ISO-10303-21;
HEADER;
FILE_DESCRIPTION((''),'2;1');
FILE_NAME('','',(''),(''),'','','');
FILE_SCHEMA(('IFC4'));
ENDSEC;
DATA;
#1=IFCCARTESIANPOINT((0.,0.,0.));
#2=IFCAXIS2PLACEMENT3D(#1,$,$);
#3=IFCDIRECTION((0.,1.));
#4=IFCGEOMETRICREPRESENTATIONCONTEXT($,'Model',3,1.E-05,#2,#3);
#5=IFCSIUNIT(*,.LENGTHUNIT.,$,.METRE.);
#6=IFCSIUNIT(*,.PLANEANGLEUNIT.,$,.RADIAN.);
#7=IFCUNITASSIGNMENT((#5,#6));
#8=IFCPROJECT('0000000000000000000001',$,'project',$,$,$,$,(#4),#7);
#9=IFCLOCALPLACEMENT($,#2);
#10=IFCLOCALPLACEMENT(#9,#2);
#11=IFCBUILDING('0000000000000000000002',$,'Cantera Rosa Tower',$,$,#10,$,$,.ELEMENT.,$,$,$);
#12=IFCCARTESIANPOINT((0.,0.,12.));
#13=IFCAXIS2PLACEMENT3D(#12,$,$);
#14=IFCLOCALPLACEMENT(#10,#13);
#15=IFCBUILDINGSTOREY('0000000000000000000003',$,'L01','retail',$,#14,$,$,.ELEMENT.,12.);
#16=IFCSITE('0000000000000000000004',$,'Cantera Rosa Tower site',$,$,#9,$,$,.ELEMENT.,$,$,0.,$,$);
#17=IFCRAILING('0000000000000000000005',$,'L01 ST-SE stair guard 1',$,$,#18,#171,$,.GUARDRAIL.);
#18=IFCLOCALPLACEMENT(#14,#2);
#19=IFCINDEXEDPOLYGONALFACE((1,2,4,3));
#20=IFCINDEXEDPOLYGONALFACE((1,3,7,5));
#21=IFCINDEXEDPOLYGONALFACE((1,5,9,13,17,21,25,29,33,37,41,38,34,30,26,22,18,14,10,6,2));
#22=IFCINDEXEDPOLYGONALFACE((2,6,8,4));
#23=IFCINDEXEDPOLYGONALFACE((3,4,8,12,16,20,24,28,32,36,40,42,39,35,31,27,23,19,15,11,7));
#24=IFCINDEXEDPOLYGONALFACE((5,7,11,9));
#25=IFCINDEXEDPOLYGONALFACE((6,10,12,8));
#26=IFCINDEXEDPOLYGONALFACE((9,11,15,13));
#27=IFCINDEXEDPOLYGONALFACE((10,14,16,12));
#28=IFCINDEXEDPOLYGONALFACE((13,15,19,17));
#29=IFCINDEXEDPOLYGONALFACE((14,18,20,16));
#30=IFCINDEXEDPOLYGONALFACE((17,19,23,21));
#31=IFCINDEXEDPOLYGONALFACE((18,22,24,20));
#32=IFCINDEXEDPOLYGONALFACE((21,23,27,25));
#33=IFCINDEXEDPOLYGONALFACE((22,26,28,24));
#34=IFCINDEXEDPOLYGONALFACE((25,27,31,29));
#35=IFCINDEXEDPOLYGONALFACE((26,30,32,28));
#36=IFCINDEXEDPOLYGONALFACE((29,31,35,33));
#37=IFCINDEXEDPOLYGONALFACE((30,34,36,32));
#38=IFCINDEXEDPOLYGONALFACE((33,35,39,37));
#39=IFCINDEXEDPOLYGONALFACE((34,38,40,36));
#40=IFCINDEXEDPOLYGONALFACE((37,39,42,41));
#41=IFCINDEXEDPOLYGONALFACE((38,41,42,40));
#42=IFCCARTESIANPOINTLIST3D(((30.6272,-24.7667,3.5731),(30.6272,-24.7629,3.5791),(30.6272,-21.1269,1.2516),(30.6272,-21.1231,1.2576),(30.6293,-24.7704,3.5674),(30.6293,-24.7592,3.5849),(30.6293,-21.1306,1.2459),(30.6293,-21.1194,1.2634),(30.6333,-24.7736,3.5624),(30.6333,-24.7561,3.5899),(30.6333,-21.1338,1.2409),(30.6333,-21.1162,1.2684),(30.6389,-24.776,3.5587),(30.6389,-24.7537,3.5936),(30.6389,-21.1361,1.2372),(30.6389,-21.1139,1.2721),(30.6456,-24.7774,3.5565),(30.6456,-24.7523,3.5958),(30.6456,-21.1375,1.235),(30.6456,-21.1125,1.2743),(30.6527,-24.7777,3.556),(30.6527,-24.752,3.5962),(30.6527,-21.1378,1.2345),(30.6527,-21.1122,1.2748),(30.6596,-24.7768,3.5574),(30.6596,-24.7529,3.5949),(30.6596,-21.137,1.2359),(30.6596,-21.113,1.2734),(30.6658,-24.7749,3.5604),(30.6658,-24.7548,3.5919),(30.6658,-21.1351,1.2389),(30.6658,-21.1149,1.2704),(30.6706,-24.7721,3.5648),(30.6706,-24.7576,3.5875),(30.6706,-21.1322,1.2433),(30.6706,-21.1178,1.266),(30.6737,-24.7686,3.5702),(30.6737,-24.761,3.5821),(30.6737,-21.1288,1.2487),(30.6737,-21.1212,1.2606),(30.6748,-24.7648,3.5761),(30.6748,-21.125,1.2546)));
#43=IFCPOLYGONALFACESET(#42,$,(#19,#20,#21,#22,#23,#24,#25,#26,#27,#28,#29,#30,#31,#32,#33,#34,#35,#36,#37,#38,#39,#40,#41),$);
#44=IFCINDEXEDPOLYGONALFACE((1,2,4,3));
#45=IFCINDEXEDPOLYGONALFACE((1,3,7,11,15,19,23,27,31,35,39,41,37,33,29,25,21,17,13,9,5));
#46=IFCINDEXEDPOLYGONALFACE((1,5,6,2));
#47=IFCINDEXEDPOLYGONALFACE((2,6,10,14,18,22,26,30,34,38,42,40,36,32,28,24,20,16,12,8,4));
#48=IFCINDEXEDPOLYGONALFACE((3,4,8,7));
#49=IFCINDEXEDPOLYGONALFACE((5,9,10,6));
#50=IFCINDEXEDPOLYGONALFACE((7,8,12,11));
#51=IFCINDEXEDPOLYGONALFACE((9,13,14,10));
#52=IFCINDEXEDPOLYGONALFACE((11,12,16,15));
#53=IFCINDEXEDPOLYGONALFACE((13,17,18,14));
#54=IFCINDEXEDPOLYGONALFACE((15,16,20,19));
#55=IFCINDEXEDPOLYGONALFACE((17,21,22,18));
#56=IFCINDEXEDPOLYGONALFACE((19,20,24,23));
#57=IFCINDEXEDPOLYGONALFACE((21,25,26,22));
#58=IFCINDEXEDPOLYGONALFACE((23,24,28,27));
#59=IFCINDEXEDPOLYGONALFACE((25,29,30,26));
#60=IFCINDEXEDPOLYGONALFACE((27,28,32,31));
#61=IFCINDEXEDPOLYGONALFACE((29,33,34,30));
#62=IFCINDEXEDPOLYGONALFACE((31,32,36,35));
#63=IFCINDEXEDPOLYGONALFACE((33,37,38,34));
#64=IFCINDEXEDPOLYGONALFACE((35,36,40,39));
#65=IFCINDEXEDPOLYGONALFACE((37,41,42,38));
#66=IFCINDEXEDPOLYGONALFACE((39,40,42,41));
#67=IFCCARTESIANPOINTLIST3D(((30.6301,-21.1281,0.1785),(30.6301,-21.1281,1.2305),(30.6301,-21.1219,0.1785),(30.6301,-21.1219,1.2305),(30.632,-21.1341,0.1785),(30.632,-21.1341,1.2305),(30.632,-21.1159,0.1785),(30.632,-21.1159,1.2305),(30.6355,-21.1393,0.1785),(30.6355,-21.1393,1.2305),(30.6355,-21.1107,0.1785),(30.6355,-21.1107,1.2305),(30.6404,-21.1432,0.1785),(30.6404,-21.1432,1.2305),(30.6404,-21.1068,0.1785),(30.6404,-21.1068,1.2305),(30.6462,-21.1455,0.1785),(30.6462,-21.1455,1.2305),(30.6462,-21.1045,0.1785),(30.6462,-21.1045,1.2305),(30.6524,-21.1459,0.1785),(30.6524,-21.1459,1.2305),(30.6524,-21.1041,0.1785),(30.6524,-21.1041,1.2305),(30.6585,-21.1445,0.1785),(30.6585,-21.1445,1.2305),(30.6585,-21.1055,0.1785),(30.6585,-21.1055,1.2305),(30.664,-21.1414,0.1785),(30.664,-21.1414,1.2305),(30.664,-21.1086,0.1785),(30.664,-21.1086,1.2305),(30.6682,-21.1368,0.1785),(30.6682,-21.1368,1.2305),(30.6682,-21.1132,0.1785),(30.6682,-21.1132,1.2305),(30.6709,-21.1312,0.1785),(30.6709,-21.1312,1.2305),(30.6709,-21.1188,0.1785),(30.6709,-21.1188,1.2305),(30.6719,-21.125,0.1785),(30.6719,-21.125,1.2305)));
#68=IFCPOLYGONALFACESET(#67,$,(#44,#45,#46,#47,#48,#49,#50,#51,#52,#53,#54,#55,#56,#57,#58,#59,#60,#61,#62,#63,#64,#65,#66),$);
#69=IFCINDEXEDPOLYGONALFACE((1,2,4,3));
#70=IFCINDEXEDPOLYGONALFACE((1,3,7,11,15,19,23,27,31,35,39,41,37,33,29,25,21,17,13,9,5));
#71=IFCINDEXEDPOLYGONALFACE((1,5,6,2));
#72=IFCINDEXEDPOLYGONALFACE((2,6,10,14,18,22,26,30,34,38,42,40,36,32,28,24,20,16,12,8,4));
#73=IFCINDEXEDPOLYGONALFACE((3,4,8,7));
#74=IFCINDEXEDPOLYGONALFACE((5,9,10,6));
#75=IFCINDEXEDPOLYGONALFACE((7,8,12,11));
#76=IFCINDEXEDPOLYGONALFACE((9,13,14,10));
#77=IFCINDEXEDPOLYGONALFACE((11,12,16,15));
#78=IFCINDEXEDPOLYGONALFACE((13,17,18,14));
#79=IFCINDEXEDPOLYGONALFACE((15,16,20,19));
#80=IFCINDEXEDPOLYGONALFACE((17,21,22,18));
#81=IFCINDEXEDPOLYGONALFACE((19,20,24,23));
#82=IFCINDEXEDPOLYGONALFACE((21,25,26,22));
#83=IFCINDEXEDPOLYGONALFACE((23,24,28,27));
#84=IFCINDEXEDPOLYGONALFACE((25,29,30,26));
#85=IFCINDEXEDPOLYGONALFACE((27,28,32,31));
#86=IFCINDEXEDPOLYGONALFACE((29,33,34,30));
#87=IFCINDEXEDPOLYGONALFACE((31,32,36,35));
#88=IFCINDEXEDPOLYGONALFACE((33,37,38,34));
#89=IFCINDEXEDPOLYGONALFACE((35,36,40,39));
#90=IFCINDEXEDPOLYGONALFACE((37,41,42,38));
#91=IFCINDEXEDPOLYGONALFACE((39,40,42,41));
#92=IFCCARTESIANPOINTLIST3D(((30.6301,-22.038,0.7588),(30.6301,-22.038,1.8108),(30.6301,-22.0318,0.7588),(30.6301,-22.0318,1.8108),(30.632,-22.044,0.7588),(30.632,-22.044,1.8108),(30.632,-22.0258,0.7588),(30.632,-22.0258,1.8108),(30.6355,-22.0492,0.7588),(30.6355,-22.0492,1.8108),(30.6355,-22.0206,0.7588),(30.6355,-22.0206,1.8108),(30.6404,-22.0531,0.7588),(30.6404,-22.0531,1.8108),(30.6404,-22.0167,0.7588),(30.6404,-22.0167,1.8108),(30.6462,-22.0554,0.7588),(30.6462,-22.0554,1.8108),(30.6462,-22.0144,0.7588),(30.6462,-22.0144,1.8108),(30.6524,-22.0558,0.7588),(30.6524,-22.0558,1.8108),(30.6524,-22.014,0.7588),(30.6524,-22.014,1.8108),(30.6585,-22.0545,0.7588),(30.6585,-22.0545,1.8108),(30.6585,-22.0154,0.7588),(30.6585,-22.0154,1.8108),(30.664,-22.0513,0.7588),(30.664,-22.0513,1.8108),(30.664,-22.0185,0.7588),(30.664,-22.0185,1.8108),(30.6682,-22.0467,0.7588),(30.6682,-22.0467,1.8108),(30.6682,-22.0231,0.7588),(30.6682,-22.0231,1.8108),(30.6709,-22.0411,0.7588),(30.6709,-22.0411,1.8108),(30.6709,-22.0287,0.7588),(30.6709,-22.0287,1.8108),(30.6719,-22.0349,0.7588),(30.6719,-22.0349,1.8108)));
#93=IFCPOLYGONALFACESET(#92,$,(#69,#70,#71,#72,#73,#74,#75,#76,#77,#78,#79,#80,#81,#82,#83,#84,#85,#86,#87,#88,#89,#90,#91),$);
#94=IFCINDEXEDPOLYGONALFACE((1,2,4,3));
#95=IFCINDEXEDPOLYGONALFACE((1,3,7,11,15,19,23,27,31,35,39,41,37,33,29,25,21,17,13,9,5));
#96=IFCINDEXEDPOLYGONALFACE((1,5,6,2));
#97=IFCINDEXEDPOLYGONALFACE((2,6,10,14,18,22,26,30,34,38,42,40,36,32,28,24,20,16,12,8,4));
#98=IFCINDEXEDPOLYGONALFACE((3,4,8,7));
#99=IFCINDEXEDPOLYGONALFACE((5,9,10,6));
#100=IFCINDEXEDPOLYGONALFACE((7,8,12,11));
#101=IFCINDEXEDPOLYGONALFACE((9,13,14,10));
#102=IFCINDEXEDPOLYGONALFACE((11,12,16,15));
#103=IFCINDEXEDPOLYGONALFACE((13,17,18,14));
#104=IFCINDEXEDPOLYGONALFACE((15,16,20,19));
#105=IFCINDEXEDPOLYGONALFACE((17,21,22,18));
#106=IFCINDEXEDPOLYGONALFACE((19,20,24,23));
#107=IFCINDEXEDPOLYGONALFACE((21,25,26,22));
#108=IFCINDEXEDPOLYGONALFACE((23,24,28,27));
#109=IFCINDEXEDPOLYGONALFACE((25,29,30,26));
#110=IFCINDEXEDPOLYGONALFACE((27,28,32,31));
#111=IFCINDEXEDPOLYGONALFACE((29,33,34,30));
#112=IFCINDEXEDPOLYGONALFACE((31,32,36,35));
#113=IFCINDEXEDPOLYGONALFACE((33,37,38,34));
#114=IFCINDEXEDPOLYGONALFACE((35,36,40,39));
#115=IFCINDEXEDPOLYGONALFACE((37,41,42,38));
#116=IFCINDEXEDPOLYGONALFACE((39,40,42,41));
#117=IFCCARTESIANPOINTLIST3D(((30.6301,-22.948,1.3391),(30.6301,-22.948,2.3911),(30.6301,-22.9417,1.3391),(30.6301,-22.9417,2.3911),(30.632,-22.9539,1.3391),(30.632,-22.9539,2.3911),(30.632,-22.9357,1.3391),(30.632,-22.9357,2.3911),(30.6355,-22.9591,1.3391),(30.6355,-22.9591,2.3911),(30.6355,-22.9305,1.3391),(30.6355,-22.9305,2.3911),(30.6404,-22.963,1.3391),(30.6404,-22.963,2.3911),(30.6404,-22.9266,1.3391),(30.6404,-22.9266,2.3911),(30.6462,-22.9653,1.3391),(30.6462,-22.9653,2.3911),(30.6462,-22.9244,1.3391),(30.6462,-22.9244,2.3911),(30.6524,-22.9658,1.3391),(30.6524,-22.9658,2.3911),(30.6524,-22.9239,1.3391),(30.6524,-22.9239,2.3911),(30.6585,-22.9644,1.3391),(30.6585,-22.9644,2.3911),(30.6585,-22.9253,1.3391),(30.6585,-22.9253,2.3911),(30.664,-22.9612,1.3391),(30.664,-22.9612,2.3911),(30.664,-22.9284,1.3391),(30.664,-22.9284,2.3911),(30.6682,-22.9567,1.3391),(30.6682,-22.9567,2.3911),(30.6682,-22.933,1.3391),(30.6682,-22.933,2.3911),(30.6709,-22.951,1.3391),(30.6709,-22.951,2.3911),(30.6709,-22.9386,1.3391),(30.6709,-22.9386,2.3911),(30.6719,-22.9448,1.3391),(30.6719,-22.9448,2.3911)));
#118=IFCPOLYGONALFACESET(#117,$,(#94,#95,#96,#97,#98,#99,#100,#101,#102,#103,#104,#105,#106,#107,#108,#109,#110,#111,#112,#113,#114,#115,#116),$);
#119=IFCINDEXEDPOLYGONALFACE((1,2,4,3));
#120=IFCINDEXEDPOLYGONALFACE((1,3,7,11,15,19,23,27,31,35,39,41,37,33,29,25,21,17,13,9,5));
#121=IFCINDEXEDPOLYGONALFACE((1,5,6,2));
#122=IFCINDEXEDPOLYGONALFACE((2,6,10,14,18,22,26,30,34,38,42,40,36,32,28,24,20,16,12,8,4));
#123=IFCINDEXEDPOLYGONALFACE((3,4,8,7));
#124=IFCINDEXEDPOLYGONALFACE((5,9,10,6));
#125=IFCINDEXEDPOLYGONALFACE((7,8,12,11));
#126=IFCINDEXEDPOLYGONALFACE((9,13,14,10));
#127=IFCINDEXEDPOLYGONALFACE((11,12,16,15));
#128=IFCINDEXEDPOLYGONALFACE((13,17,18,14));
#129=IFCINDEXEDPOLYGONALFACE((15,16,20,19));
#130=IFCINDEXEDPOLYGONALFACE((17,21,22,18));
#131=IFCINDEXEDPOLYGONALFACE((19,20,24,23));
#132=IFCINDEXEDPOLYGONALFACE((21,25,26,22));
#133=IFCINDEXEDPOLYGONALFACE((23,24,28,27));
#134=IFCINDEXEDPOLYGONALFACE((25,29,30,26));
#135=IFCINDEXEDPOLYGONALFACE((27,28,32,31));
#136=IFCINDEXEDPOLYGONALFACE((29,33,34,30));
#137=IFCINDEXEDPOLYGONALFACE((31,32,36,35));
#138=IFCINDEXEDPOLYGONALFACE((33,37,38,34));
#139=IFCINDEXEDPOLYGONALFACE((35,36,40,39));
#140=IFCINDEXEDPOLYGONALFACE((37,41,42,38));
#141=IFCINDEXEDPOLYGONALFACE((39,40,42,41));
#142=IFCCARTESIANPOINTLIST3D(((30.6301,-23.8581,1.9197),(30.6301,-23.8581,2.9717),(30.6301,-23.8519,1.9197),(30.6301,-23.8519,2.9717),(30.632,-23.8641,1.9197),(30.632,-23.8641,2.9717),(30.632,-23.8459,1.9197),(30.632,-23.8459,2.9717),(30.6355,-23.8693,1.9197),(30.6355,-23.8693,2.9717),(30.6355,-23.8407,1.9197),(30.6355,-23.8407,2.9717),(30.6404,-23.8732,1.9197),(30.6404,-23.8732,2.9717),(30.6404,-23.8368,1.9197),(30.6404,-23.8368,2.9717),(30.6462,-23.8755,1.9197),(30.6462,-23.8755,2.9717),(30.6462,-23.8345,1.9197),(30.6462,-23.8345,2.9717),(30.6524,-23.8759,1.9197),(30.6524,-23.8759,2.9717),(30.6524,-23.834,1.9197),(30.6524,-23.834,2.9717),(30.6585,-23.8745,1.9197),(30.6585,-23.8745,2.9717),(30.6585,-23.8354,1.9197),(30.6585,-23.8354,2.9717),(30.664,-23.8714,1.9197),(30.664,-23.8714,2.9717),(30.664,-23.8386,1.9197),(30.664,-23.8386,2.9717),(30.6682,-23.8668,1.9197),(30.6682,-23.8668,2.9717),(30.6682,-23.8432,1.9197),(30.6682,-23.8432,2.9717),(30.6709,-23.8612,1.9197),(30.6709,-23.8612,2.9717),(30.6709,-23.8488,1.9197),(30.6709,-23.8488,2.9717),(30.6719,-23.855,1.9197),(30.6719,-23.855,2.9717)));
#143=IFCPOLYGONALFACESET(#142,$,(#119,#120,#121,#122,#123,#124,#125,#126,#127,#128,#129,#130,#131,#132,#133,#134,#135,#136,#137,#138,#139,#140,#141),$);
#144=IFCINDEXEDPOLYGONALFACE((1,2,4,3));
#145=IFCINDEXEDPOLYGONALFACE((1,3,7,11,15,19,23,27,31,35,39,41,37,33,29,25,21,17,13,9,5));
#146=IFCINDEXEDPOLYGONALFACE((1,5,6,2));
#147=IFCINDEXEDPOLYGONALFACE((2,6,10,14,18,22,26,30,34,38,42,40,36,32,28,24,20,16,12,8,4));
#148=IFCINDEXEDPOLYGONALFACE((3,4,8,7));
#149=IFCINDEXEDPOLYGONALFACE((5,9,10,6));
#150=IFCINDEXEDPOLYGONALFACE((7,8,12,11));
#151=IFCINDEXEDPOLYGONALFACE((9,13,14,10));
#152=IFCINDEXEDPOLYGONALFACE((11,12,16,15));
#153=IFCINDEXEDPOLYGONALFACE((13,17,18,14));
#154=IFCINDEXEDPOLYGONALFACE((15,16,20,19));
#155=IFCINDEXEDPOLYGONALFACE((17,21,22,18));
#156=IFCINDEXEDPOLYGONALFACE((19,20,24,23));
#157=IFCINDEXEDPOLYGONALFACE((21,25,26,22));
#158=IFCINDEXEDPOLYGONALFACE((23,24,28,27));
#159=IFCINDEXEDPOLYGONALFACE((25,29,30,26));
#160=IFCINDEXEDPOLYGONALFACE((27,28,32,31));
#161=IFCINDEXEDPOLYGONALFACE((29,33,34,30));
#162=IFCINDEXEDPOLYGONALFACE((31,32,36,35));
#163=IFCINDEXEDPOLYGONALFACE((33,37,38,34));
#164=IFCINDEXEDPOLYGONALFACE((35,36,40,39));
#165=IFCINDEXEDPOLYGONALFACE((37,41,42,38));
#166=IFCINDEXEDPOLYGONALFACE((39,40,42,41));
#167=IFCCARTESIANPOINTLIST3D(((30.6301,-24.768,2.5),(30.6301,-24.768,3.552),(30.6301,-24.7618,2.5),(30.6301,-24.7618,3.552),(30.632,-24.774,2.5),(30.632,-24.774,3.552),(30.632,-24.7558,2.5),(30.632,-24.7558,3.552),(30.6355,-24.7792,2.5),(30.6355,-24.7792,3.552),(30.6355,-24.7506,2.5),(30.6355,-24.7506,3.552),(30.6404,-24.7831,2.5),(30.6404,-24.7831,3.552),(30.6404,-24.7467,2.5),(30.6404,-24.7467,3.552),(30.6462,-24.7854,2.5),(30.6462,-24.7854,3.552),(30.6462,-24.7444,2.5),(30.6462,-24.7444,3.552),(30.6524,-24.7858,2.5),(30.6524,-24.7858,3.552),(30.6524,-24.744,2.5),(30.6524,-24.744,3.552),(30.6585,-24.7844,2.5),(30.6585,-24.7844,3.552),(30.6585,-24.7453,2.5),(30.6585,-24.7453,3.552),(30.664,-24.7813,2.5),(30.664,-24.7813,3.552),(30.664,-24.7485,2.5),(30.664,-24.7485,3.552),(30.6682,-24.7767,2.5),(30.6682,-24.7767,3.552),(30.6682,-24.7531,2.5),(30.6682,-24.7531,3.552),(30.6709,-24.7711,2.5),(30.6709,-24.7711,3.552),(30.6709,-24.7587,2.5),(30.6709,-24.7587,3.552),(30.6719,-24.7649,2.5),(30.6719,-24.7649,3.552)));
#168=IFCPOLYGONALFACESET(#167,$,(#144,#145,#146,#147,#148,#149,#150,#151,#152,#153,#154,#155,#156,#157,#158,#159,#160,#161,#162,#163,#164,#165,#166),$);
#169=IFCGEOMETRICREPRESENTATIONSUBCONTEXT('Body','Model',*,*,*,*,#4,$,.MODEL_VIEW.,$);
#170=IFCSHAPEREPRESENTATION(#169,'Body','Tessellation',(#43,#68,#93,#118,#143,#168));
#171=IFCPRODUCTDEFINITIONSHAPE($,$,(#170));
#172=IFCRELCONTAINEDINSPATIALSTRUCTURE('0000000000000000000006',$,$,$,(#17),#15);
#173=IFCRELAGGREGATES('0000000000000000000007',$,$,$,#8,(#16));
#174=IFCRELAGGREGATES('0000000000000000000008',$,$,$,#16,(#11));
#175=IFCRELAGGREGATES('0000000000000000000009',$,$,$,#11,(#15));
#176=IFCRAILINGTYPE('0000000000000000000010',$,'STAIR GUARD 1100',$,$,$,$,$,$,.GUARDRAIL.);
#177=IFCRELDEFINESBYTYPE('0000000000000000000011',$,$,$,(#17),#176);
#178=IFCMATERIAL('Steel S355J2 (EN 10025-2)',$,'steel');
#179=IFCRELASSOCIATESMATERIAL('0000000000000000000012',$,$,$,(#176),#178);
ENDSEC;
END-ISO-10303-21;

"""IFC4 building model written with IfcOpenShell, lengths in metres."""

from ifc_helpers import new_model, si_unit, direction, frame, origin, origin_2d, place, context, subcontext, project, spatial, circle, extrude, material, type_object, element, save


model = new_model("IFC4")

# Units and contexts
model_context = context("Model", 3, precision=1e-05, world=origin(), true_north=direction((0.0, 1.0)))
body_context = subcontext(model_context, "Body", "Model", "MODEL_VIEW")
ifc_project = project(units=[si_unit("LENGTHUNIT", "METRE"), si_unit("PLANEANGLEUNIT", "RADIAN")], contexts=[model_context])

# Site, building, storey
site_placement = place(None, origin())
site = spatial("IfcSite", under=ifc_project, at=site_placement, Name="Cantera Rosa Tower site", CompositionType="ELEMENT", RefElevation=0.0)
building_placement = place(site_placement, origin())
building = spatial("IfcBuilding", under=site, at=building_placement, Name="Cantera Rosa Tower", CompositionType="ELEMENT")
storey_placement = place(building_placement, frame((0.0, 0.0, 12.0)))
storey = spatial("IfcBuildingStorey", under=building, at=storey_placement, Name="L01", Description="retail", CompositionType="ELEMENT", Elevation=12.0)

# Railing
ifc_material_1 = material(Name="Steel S355J2 (EN 10025-2)", Category="steel")
railing_type_1 = type_object("IfcRailingType", Name="STAIR GUARD 1100", PredefinedType="GUARDRAIL", material=ifc_material_1)
railing_1_placement = place(storey_placement, frame((30.6509, -21.125, 0.1785)))
element("IfcRailing", 1, at=railing_1_placement, inside=storey, type_object=railing_type_1, Name="L01 ST-SE stair guard 1", PredefinedType="GUARDRAIL", context=body_context, shape_type="SweptSolid", body=[
    extrude(circle(Radius=0.0239, at=origin_2d()), frame((0.0, 0.0, 1.0762), z_axis=(0.0, -0.843112, 0.537739), x_axis=(1.0, 0.0, 0.0)), (0.0, 0.0, 1.0), 4.3171),
    extrude(circle(Radius=0.021, at=origin_2d()), origin(), (0.0, 0.0, 1.0), 1.052),
    extrude(circle(Radius=0.021, at=origin_2d()), frame((0.0, -0.9099, 0.5803)), (0.0, 0.0, 1.0), 1.052),
    extrude(circle(Radius=0.021, at=origin_2d()), frame((0.0, -1.8198, 1.1606)), (0.0, 0.0, 1.0), 1.052),
    extrude(circle(Radius=0.021, at=origin_2d()), frame((0.0, -2.73, 1.7412)), (0.0, 0.0, 1.0), 1.052),
    extrude(circle(Radius=0.021, at=origin_2d()), frame((0.0, -3.6399, 2.3215)), (0.0, 0.0, 1.0), 1.052),
])

save(model, "model.ifc")
